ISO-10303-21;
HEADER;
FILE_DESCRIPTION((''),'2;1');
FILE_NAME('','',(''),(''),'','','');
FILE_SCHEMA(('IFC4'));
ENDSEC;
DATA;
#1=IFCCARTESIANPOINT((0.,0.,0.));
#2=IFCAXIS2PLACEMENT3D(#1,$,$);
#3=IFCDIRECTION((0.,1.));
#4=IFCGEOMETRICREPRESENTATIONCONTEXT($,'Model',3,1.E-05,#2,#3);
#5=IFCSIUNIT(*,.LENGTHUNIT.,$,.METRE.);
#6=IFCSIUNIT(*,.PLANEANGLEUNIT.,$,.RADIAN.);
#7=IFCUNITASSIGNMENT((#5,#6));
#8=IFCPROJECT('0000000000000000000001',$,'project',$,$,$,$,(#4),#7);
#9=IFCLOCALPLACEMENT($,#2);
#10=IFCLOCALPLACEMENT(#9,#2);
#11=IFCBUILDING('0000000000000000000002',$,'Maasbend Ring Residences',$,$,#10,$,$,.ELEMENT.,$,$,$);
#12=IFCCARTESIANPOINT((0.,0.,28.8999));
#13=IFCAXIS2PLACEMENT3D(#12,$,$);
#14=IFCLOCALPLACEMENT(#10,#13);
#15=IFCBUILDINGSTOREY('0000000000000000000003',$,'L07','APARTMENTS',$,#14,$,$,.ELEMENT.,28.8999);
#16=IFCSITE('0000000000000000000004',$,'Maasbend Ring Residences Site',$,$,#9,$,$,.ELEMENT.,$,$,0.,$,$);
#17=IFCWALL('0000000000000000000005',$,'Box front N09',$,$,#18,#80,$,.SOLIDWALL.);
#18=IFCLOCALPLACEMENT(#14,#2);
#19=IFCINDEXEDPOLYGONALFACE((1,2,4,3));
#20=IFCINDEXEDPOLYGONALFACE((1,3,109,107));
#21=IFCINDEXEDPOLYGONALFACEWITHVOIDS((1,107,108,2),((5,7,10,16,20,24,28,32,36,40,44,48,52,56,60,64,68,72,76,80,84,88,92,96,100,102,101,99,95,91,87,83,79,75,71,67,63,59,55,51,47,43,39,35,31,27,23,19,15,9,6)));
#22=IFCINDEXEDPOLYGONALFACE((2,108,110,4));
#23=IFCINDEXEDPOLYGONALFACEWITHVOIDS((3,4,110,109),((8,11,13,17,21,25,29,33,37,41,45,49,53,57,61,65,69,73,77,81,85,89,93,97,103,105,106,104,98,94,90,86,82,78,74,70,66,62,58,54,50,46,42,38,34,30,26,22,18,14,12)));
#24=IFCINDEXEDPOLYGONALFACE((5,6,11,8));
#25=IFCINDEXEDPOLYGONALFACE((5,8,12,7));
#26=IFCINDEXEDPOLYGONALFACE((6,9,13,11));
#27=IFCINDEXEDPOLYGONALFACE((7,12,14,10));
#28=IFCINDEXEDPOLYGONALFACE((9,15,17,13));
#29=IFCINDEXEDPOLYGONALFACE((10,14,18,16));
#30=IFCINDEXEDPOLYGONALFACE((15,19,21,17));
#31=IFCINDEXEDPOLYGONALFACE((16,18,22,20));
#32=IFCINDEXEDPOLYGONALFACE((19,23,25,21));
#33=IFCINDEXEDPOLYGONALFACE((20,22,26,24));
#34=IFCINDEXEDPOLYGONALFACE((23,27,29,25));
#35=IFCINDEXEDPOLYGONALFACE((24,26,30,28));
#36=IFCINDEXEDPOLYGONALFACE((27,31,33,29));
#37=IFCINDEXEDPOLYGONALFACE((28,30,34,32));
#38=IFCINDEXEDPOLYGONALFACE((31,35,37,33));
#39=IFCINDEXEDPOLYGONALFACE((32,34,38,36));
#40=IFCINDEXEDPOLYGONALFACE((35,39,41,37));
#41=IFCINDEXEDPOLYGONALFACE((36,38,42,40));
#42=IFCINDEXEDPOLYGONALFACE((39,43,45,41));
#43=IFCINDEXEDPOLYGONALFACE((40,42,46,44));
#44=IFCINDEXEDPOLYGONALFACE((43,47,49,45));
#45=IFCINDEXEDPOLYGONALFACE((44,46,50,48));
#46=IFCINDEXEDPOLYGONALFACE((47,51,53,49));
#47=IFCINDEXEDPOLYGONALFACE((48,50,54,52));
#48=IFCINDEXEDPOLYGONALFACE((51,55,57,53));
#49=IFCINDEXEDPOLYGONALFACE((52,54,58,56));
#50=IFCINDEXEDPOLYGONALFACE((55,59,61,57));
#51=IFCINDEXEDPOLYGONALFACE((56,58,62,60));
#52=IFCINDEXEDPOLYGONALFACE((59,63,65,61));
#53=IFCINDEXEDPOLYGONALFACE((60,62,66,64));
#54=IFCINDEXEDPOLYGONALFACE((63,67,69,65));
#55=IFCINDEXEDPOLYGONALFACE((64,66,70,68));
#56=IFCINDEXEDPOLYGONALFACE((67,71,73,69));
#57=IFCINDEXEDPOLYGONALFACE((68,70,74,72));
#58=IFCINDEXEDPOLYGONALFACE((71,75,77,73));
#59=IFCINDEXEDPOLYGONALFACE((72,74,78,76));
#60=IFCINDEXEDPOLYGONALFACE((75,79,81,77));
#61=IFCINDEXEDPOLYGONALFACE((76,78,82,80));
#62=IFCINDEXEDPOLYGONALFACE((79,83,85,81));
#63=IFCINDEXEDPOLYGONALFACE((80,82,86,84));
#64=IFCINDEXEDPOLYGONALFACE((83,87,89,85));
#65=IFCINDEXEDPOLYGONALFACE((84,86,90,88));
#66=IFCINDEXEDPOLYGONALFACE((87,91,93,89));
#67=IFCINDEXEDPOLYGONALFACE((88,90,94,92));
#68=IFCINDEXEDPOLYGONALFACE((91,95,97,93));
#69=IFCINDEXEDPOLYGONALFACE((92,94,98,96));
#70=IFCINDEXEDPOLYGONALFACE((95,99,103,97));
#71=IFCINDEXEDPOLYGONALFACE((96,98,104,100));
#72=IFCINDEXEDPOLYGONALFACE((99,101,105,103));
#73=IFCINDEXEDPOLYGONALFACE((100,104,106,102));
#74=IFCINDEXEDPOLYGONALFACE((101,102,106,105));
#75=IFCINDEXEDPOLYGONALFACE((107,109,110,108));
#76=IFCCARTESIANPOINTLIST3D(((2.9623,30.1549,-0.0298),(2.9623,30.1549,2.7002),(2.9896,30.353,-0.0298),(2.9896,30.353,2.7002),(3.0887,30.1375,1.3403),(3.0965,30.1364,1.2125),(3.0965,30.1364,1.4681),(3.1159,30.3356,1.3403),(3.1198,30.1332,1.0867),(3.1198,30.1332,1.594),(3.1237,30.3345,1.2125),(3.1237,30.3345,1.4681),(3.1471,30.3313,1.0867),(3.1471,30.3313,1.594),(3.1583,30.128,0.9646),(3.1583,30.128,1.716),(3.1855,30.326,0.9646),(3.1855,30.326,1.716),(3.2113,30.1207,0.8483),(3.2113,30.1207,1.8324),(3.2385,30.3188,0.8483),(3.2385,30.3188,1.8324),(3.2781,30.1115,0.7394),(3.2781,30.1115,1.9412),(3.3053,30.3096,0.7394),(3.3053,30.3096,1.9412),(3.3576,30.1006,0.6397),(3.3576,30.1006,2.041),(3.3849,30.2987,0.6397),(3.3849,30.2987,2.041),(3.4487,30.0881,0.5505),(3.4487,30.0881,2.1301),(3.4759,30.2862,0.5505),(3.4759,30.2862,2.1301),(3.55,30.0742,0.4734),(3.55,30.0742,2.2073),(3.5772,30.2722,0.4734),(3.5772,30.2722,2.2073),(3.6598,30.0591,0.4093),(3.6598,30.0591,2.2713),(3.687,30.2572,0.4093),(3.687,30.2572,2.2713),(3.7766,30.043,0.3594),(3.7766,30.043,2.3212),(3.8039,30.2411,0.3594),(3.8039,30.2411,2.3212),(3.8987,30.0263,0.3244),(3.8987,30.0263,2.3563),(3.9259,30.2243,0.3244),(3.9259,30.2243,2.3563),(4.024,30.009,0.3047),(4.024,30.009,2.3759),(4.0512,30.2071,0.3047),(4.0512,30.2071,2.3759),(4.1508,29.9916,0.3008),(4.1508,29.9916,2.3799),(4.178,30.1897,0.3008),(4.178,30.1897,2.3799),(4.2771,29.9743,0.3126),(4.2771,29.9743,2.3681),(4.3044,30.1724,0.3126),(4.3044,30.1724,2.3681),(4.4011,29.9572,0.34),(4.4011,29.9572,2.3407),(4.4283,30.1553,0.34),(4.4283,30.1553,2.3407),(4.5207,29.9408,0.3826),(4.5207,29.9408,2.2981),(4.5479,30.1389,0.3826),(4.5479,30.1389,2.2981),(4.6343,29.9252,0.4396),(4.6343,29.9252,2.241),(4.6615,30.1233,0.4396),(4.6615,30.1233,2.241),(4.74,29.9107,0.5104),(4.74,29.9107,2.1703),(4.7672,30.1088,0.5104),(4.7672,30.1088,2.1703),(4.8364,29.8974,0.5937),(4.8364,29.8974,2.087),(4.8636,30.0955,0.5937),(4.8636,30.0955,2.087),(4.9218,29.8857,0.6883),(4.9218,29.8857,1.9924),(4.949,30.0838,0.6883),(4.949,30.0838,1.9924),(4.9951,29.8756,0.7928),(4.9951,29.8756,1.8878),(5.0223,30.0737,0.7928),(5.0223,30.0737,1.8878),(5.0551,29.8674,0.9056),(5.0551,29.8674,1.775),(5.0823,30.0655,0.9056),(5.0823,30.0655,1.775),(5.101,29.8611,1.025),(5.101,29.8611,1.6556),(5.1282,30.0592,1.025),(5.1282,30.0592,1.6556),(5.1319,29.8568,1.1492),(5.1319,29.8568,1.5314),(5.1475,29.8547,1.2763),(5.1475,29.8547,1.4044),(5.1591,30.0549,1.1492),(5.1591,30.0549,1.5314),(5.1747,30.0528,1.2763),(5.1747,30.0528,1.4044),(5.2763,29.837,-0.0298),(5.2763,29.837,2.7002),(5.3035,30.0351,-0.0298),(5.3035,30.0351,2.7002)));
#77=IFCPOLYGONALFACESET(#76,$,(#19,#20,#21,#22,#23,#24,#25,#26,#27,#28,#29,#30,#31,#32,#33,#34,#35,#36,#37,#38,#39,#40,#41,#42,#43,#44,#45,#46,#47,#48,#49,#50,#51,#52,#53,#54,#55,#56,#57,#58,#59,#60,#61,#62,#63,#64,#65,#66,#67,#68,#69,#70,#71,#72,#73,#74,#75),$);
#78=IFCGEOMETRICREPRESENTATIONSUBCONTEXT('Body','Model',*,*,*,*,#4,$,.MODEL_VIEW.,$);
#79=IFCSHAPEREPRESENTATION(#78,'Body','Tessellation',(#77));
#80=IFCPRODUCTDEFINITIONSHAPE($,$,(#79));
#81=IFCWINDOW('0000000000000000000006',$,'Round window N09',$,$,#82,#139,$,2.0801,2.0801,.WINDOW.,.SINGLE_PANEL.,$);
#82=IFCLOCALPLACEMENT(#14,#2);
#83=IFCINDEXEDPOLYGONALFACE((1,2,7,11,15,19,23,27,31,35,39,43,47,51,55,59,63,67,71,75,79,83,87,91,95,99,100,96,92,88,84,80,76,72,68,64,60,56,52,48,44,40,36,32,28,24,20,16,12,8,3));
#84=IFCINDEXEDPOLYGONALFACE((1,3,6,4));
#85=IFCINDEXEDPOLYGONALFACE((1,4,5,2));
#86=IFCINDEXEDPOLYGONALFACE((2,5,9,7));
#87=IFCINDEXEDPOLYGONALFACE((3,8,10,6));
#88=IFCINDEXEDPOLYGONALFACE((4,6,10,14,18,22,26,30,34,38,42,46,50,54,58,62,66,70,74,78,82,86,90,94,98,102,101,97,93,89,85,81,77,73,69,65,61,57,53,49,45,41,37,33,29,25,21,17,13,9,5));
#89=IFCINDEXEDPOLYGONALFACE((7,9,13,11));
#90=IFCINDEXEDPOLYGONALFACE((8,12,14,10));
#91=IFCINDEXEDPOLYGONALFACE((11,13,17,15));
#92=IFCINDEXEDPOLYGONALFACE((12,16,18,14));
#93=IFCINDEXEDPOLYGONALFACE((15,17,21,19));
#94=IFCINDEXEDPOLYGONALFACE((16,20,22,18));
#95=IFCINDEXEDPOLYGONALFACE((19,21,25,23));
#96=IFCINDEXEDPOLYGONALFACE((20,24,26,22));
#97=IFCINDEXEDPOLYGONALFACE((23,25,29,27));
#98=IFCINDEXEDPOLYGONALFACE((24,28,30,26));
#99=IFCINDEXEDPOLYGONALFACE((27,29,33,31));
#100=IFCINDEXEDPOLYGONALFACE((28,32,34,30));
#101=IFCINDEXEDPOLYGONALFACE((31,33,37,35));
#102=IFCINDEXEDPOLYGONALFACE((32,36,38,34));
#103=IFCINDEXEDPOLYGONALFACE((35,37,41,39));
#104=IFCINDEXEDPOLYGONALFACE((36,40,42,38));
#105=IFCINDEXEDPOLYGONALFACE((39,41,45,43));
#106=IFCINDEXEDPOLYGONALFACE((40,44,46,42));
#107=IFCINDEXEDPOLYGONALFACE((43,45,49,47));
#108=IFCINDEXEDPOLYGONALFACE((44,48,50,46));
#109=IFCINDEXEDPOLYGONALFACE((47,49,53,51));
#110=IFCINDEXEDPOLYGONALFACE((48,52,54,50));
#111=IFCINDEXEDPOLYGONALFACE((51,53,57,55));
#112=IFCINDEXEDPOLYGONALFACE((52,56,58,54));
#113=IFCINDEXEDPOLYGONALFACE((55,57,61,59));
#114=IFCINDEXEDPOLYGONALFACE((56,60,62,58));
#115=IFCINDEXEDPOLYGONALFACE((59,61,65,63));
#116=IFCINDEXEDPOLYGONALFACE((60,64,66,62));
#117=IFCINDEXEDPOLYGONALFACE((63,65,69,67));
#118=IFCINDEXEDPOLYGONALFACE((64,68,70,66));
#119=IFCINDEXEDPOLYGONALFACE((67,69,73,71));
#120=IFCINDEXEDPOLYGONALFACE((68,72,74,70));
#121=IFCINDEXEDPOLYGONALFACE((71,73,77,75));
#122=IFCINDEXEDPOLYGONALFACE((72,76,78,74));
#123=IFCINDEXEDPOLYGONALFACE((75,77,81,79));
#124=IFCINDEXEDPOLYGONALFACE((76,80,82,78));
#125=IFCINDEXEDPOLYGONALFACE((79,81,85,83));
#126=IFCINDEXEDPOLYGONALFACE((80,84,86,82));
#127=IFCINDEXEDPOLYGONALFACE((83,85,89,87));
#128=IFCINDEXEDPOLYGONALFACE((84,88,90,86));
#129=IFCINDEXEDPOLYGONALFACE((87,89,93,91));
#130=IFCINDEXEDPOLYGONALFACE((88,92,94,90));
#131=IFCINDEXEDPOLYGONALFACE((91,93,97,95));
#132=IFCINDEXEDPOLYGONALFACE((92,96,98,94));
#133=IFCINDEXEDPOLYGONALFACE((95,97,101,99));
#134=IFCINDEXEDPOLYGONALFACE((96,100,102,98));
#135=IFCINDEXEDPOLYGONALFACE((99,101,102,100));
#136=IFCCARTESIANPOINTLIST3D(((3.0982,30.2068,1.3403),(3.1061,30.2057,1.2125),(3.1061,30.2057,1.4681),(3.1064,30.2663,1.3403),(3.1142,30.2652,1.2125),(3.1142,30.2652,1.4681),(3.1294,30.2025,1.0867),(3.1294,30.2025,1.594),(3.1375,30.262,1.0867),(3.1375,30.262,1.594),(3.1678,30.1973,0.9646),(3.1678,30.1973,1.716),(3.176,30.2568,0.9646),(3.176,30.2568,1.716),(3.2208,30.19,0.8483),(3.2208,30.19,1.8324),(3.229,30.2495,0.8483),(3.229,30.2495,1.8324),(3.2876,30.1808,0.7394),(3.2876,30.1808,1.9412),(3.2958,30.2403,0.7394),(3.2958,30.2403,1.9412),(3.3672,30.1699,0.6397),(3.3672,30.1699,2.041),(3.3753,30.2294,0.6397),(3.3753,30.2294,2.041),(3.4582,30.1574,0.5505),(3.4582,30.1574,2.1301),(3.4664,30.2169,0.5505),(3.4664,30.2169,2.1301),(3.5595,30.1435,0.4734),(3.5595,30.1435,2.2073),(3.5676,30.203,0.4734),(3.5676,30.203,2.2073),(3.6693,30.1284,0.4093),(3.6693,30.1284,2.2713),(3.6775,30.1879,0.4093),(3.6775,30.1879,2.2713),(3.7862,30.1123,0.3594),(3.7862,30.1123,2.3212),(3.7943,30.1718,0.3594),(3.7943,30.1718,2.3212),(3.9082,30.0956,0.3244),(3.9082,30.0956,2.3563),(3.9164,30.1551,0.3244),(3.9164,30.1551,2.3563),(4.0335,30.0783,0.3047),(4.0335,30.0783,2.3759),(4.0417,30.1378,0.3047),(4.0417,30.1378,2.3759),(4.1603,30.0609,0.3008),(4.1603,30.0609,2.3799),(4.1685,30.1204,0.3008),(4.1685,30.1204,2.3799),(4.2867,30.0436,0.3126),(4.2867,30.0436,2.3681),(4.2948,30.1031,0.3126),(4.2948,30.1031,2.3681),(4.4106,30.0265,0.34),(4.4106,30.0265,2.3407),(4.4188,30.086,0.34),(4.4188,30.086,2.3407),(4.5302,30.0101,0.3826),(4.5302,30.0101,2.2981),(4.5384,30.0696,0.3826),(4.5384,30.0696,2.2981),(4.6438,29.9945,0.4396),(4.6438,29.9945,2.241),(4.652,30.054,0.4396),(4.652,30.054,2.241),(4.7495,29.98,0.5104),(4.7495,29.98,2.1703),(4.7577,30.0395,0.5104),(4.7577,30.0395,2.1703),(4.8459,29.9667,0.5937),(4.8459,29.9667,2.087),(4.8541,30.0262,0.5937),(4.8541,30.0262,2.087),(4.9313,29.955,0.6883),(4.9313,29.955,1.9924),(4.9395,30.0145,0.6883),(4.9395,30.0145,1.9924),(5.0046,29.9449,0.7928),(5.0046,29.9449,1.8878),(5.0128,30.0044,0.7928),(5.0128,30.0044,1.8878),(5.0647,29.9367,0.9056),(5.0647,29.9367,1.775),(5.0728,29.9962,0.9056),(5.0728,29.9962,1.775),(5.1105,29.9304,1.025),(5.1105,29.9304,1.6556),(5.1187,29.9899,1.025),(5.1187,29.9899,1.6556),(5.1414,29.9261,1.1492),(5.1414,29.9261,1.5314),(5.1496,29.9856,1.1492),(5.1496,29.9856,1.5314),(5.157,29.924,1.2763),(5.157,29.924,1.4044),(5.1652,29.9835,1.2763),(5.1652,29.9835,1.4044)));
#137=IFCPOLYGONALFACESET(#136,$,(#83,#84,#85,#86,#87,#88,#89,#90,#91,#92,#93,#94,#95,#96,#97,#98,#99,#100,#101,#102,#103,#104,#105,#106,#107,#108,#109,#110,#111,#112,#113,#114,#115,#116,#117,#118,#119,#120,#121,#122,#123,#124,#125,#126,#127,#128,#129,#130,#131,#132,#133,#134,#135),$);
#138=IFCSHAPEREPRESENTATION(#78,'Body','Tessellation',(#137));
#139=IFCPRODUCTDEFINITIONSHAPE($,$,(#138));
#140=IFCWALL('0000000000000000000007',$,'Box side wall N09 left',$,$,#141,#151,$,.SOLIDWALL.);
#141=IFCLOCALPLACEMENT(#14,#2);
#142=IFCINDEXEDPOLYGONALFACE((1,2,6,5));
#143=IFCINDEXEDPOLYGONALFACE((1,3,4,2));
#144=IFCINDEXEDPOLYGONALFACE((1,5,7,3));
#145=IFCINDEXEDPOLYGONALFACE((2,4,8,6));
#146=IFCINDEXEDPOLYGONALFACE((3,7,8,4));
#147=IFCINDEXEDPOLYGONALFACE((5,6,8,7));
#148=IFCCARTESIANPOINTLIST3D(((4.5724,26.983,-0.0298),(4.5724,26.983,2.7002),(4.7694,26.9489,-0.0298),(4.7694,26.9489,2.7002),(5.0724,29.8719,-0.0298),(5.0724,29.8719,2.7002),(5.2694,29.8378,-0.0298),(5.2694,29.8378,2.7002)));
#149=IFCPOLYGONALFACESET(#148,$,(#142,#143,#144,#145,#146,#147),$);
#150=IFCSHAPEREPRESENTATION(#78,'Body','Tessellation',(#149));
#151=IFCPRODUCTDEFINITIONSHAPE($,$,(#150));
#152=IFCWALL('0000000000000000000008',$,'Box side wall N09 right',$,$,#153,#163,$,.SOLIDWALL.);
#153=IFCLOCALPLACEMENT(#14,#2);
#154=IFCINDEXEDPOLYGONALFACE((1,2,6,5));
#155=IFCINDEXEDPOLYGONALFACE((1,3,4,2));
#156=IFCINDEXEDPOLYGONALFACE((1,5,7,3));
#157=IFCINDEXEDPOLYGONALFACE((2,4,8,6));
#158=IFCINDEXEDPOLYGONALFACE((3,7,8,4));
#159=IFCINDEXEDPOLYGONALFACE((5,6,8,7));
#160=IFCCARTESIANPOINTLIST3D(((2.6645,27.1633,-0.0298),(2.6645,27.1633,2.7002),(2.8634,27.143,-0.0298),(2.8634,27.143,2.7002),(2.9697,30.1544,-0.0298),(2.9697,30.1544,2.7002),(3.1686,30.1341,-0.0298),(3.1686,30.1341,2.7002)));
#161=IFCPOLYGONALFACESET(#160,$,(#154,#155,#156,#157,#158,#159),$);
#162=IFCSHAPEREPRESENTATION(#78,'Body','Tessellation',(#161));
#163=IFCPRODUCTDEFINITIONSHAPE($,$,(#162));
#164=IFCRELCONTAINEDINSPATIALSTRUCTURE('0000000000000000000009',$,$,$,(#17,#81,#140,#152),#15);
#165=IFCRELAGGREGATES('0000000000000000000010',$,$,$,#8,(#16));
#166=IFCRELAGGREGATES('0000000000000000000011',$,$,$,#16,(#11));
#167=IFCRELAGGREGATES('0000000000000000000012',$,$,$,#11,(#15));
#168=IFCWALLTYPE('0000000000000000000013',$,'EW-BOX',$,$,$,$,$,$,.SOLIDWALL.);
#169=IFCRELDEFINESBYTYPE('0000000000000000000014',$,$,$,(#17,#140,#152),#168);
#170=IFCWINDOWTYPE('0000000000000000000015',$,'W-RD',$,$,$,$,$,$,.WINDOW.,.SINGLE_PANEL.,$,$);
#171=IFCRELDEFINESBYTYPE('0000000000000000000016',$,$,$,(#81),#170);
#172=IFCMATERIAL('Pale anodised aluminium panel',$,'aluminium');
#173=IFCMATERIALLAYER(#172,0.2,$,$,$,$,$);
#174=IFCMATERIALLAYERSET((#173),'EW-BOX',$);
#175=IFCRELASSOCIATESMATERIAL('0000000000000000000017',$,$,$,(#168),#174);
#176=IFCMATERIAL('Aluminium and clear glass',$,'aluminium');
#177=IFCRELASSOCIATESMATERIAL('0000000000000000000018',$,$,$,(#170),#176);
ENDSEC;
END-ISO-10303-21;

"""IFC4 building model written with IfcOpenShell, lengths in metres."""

from ifc_helpers import new_model, si_unit, direction, frame, frame_2d, origin, place, context, subcontext, project, spatial, rectangle, circle, extrude, material, layer, layer_set, type_object, element, fill, save


model = new_model("IFC4")

# Units and contexts
model_context = context("Model", 3, precision=1e-05, world=origin(), true_north=direction((0.0, 1.0)))
body_context = subcontext(model_context, "Body", "Model", "MODEL_VIEW")
ifc_project = project(units=[si_unit("LENGTHUNIT", "METRE"), si_unit("PLANEANGLEUNIT", "RADIAN")], contexts=[model_context])

# Site, building, storey
site_placement = place(None, origin())
site = spatial("IfcSite", under=ifc_project, at=site_placement, Name="Maasbend Ring Residences Site", CompositionType="ELEMENT", RefElevation=0.0)
building_placement = place(site_placement, origin())
building = spatial("IfcBuilding", under=site, at=building_placement, Name="Maasbend Ring Residences", CompositionType="ELEMENT")
storey_placement = place(building_placement, frame((0.0, 0.0, 28.8999)))
storey = spatial("IfcBuildingStorey", under=building, at=storey_placement, Name="L07", Description="APARTMENTS", CompositionType="ELEMENT", Elevation=28.8999)

# Shared definitions
ifc_material_1 = material(Name="Pale anodised aluminium panel", Category="aluminium")
ifc_layer_1 = layer(ifc_material_1, 0.2)
ifc_layer_set_1 = layer_set([ifc_layer_1], Name="EW-BOX")
wall_type_1 = type_object("IfcWallType", Name="EW-BOX", PredefinedType="SOLIDWALL", material=ifc_layer_set_1)

# Wall, opening, window
wall_1_placement = place(storey_placement, frame((5.29, 29.936, -0.0298), z_axis=(0.0, 0.0, 1.0), x_axis=(-0.990696, 0.136093, 0.0)))
wall_1 = element("IfcWall", 1, at=wall_1_placement, inside=storey, type_object=wall_type_1, Name="Box front N09", PredefinedType="SOLIDWALL", context=body_context, shape_type="SweptSolid", body=[
    extrude(rectangle(XDim=2.3357, YDim=0.2, at=frame_2d((1.168, 0.0))), origin(), (0.0, 0.0, 1.0), 2.73),
])
opening_1_placement = place(wall_1_placement, frame((0.1282, 0.0, 0.3301)))
opening_1 = element("IfcOpeningElement", 2, at=opening_1_placement, cuts=wall_1, PredefinedType="OPENING", context=body_context, shape_type="SweptSolid", body=[
    extrude(circle(Radius=1.04, at=frame_2d((1.04, 1.04))), frame((0.0, 0.1099, 0.0), z_axis=(0.0, -1.0, 0.0), x_axis=(1.0, 0.0, 0.0)), (0.0, 0.0, 1.0), 0.22),
])
ifc_material_2 = material(Name="Aluminium and clear glass", Category="aluminium")
window_type_1 = type_object("IfcWindowType", Name="W-RD", PartitioningType="SINGLE_PANEL", PredefinedType="WINDOW", material=ifc_material_2)
window_1_placement = place(opening_1_placement, origin())
window_1 = element("IfcWindow", 3, at=window_1_placement, inside=storey, type_object=window_type_1, Name="Round window N09", OverallHeight=2.0801, OverallWidth=2.0801, PartitioningType="SINGLE_PANEL", PredefinedType="WINDOW", context=body_context, shape_type="SweptSolid", body=[
    extrude(circle(Radius=1.04, at=frame_2d((1.04, 1.04))), frame((0.0, 0.03, 0.0), z_axis=(0.0, -1.0, 0.0), x_axis=(1.0, 0.0, 0.0)), (0.0, 0.0, 1.0), 0.0601),
])
fill(opening_1, window_1)

# Walls
wall_2_placement = place(storey_placement, frame((4.6709, 26.9661, -0.0298), z_axis=(0.0, 0.0, 1.0), x_axis=(0.17054, 0.985351, 0.0)))
element("IfcWall", 4, at=wall_2_placement, inside=storey, type_object=wall_type_1, Name="Box side wall N09 left", PredefinedType="SOLIDWALL", context=body_context, shape_type="SweptSolid", body=[
    extrude(rectangle(XDim=2.9319, YDim=0.2, at=frame_2d((1.4658, 0.0))), origin(), (0.0, 0.0, 1.0), 2.73),
])
wall_3_placement = place(storey_placement, frame((2.7639, 27.1531, -0.0298), z_axis=(0.0, 0.0, 1.0), x_axis=(0.101505, 0.994835, 0.0)))
element("IfcWall", 5, at=wall_3_placement, inside=storey, type_object=wall_type_1, Name="Box side wall N09 right", PredefinedType="SOLIDWALL", context=body_context, shape_type="SweptSolid", body=[
    extrude(rectangle(XDim=3.0066, YDim=0.2, at=frame_2d((1.5034, 0.0))), origin(), (0.0, 0.0, 1.0), 2.73),
])

save(model, "model.ifc")
